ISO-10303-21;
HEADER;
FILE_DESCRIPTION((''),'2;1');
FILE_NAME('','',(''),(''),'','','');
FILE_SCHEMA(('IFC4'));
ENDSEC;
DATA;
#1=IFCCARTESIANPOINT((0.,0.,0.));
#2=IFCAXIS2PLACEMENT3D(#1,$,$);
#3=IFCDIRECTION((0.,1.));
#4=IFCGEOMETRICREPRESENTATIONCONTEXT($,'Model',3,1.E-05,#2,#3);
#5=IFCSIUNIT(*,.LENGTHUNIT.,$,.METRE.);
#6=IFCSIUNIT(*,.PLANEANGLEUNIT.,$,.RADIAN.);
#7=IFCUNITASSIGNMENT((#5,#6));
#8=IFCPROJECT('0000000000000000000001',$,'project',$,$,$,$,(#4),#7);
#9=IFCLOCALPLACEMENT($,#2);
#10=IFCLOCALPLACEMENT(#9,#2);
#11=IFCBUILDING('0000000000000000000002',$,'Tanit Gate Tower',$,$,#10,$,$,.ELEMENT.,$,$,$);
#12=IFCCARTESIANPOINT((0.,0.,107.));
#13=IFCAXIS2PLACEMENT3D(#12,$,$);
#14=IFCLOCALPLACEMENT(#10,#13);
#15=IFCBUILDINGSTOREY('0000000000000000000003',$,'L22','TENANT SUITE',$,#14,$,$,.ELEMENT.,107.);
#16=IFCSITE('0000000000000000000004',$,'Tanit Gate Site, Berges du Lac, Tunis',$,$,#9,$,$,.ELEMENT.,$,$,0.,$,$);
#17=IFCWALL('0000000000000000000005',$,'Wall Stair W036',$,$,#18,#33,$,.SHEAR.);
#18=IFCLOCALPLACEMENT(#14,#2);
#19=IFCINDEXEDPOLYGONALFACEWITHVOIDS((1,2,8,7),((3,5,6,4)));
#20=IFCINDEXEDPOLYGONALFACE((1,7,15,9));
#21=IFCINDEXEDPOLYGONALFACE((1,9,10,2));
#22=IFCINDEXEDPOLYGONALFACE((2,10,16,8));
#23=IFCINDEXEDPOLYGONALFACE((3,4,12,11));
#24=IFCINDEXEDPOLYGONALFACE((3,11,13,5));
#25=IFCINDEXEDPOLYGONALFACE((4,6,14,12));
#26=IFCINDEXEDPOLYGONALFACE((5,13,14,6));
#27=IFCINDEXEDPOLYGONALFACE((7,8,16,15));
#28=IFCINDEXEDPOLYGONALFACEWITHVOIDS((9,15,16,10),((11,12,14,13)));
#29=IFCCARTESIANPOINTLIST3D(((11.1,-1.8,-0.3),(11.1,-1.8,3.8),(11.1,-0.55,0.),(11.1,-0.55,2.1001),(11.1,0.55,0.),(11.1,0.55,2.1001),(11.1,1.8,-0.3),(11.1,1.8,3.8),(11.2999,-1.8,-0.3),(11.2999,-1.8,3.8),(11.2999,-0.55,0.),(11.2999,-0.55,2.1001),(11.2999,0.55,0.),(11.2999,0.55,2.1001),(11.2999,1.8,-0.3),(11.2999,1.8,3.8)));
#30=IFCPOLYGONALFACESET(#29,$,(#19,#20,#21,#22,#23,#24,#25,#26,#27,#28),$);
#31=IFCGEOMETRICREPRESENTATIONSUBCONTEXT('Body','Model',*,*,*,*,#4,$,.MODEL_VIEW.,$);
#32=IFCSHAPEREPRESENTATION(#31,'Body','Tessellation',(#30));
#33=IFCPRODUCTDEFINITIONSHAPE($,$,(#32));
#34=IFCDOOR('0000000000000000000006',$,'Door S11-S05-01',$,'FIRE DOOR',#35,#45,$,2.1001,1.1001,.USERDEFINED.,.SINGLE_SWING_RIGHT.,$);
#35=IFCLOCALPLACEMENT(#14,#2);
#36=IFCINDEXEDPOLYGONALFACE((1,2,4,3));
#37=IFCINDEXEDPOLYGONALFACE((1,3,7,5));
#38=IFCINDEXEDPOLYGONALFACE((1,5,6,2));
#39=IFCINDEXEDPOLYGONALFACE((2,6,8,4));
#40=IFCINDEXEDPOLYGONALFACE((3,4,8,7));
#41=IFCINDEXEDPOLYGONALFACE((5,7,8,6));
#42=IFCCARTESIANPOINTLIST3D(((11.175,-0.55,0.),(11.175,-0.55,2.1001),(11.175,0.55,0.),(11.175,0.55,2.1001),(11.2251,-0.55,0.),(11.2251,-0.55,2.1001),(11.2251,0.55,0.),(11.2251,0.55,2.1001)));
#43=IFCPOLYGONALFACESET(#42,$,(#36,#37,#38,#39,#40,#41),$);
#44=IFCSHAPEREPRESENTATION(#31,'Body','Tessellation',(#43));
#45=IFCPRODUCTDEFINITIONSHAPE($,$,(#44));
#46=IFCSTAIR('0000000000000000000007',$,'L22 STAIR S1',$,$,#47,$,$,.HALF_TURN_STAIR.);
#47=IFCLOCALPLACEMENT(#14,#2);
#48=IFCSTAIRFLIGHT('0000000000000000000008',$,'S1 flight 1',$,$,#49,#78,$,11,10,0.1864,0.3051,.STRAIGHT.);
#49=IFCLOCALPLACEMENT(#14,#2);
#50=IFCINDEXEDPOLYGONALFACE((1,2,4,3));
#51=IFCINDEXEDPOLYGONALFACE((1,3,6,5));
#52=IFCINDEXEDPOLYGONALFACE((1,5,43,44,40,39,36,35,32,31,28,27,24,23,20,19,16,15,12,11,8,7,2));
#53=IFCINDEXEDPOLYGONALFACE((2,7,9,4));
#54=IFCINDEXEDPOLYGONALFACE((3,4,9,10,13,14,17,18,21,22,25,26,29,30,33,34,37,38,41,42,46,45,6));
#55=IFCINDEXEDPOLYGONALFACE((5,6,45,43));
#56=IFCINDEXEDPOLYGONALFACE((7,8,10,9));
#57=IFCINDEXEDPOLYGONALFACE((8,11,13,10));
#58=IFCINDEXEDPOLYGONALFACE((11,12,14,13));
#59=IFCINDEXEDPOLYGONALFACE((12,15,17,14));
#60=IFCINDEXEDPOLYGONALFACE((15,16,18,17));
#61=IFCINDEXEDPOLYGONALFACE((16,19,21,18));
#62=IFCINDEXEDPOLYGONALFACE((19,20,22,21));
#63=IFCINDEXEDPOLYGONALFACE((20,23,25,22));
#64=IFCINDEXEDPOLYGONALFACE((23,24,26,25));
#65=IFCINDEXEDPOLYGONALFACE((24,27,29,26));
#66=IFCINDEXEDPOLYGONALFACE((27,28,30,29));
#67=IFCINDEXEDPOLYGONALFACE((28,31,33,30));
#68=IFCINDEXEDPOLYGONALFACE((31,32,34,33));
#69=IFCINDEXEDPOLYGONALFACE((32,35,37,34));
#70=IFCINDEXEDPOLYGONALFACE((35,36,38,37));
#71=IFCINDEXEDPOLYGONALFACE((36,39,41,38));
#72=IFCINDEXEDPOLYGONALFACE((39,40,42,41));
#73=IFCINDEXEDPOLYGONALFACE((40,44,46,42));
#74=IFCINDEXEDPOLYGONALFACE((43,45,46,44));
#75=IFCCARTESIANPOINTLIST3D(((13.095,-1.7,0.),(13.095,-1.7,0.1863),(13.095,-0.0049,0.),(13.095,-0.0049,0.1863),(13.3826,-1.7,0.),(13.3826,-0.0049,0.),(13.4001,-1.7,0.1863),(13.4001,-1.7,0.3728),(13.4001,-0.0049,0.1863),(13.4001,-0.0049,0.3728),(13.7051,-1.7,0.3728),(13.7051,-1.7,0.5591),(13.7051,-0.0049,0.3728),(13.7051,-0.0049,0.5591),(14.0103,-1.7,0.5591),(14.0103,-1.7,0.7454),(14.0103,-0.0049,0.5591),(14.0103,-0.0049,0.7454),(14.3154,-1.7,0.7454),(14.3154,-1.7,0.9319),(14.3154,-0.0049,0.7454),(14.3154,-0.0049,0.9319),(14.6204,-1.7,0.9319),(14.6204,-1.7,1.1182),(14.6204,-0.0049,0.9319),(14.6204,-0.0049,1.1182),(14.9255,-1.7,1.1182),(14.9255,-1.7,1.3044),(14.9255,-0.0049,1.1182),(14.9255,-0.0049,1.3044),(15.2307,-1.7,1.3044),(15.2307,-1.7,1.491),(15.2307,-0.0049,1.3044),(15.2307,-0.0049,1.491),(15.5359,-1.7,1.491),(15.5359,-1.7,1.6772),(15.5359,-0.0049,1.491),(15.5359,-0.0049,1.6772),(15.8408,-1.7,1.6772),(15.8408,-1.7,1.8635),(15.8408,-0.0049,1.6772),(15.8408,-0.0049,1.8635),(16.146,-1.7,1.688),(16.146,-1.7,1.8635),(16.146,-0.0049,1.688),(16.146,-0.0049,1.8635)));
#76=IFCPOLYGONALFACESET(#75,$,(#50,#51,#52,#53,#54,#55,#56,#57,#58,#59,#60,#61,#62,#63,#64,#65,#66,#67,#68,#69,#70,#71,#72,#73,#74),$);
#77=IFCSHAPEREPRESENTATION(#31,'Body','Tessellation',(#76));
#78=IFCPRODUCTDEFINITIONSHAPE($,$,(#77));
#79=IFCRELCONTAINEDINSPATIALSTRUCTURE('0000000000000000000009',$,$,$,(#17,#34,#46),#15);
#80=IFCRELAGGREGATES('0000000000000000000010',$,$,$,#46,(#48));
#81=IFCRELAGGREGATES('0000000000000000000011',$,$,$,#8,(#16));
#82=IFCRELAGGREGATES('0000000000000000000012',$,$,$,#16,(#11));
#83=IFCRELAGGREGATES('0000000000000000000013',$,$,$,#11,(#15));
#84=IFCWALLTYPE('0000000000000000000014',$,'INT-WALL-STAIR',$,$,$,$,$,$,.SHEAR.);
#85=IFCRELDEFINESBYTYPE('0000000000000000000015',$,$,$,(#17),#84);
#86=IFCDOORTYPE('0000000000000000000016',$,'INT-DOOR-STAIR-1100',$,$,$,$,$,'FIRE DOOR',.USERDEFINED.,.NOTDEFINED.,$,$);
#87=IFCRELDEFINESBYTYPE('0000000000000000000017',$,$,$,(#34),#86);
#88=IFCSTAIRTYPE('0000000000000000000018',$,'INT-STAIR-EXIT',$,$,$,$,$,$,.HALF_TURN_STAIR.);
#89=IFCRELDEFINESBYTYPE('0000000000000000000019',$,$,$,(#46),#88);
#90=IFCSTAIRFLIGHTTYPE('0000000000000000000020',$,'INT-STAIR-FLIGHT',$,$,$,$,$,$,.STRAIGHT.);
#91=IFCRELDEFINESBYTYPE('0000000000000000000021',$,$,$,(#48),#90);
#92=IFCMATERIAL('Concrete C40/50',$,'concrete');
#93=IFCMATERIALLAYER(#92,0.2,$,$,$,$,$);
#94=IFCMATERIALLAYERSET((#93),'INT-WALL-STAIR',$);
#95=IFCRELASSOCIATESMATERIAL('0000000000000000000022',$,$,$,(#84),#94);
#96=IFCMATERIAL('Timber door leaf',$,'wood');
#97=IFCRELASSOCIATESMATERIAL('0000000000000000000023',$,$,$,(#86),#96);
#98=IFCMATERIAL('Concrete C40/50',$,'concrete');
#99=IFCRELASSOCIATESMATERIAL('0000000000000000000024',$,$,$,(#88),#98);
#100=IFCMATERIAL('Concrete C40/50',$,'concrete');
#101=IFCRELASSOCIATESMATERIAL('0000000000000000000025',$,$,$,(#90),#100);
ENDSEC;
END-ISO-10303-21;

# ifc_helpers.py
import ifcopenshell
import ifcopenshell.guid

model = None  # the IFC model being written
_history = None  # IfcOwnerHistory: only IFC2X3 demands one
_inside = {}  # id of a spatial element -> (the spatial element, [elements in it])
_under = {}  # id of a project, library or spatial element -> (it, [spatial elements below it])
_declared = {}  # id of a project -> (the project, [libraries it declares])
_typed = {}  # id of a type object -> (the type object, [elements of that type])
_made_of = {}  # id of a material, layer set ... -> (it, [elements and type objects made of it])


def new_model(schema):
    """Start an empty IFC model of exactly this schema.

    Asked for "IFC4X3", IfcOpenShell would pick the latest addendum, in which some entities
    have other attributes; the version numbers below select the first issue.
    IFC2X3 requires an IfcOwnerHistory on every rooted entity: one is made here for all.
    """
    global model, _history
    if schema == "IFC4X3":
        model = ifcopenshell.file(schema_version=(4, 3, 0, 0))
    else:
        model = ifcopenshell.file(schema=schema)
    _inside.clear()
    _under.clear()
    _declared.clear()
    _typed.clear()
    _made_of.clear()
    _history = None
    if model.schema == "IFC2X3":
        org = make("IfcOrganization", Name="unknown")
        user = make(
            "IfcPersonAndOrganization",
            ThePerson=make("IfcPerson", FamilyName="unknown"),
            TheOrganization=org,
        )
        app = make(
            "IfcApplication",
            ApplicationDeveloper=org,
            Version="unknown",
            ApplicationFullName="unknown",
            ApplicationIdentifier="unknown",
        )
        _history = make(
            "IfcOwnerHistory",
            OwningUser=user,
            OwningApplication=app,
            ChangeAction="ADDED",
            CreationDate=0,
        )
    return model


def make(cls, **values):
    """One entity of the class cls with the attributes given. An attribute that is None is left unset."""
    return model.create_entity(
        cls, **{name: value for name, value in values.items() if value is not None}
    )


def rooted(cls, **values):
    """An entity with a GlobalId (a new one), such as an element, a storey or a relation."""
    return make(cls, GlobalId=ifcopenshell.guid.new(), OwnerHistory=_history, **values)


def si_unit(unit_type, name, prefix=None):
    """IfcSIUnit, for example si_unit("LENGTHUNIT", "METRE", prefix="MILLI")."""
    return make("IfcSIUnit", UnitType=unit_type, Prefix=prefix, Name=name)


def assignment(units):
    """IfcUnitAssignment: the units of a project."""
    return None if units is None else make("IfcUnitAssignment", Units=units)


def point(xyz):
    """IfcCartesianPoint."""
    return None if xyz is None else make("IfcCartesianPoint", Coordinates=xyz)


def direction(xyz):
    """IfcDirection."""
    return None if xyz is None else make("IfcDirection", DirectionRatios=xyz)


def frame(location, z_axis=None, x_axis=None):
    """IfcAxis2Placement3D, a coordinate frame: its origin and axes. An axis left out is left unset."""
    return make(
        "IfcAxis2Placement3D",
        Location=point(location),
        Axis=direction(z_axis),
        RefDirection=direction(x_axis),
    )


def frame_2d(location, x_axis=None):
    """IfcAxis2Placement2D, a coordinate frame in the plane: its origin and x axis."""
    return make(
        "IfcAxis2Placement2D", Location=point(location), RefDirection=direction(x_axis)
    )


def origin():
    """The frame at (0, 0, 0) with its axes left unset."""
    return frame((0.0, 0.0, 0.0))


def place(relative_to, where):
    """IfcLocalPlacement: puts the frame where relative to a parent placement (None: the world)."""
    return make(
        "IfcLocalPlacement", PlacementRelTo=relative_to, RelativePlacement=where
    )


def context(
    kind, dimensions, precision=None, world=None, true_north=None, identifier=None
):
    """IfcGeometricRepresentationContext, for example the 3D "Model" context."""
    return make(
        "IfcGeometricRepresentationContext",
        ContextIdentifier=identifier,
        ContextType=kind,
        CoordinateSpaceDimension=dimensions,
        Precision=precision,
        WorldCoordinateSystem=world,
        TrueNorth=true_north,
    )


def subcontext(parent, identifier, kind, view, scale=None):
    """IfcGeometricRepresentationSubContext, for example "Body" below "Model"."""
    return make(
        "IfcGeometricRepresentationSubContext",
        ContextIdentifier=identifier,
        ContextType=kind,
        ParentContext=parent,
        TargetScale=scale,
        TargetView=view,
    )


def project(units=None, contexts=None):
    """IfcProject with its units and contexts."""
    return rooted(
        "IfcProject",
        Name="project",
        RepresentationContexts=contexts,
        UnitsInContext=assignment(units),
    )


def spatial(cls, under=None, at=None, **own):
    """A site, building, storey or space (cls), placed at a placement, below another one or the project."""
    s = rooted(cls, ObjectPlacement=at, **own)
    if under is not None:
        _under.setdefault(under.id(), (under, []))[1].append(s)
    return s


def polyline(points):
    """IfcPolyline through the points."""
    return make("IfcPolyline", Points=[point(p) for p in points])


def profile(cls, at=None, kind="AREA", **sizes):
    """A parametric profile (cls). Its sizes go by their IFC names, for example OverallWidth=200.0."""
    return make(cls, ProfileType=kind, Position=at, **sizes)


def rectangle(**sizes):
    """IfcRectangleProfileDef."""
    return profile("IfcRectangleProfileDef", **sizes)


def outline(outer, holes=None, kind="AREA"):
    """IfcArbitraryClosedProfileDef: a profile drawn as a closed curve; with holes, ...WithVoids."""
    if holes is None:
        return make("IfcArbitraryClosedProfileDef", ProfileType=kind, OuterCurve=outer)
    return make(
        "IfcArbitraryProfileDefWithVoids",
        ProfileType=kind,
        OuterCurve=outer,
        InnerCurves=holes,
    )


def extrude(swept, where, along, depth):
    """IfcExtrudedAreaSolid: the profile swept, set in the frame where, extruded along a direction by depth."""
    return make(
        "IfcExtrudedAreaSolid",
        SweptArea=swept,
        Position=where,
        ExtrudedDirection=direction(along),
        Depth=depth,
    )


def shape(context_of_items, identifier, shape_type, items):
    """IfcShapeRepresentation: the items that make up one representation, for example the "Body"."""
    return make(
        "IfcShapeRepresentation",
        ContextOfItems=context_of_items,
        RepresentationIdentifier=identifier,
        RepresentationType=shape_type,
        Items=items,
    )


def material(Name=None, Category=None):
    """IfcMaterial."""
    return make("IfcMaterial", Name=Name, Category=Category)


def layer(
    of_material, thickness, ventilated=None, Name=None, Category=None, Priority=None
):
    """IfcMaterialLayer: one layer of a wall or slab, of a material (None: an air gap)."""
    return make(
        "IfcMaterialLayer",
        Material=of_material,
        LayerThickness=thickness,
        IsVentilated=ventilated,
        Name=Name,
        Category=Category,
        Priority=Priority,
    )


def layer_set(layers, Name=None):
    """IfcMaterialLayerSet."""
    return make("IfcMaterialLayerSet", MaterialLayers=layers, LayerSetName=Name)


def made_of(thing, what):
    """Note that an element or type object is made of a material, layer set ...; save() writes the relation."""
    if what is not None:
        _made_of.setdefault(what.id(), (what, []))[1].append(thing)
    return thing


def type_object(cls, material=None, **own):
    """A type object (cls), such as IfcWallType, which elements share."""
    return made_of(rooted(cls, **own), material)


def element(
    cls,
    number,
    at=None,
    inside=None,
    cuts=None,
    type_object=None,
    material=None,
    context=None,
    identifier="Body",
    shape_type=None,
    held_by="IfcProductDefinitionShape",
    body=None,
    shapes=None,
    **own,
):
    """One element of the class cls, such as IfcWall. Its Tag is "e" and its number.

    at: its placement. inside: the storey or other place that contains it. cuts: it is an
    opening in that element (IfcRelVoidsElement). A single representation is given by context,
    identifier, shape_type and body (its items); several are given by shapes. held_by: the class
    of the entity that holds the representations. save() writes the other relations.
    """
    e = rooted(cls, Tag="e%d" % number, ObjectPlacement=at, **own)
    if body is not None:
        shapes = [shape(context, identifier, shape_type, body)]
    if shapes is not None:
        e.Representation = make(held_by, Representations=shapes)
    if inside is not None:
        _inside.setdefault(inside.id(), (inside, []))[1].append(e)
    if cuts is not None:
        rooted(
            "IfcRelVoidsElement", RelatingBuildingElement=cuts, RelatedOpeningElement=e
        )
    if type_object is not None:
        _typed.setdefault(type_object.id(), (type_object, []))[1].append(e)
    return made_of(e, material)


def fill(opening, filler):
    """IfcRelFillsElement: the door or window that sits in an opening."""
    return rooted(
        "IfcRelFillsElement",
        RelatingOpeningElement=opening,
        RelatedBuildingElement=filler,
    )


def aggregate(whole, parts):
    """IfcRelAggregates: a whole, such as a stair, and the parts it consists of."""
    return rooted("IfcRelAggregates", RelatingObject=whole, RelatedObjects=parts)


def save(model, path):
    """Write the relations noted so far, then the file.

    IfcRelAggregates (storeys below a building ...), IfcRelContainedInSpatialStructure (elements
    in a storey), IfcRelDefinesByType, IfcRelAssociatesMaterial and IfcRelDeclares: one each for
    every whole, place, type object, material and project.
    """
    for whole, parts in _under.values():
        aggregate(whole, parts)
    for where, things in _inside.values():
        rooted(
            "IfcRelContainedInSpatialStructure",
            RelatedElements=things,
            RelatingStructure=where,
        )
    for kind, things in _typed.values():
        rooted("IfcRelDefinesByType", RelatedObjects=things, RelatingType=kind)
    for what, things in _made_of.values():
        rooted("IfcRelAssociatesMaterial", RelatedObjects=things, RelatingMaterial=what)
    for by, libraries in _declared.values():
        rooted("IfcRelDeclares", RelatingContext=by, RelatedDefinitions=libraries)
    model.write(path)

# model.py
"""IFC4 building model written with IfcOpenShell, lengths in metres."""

from ifc_helpers import new_model, si_unit, direction, frame, frame_2d, origin, place, context, subcontext, project, spatial, polyline, rectangle, outline, extrude, material, layer, layer_set, type_object, element, fill, aggregate, save


model = new_model("IFC4")

# Units and contexts
model_context = context("Model", 3, precision=1e-05, world=origin(), true_north=direction((0.0, 1.0)))
body_context = subcontext(model_context, "Body", "Model", "MODEL_VIEW")
ifc_project = project(units=[si_unit("LENGTHUNIT", "METRE"), si_unit("PLANEANGLEUNIT", "RADIAN")], contexts=[model_context])

# Site, building, storey
site_placement = place(None, origin())
site = spatial("IfcSite", under=ifc_project, at=site_placement, Name="Tanit Gate Site, Berges du Lac, Tunis", CompositionType="ELEMENT", RefElevation=0.0)
building_placement = place(site_placement, origin())
building = spatial("IfcBuilding", under=site, at=building_placement, Name="Tanit Gate Tower", CompositionType="ELEMENT")
storey_placement = place(building_placement, frame((0.0, 0.0, 107.0)))
storey = spatial("IfcBuildingStorey", under=building, at=storey_placement, Name="L22", Description="TENANT SUITE", CompositionType="ELEMENT", Elevation=107.0)

# Shared definitions
ifc_material_1 = material(Name="Concrete C40/50", Category="concrete")
ifc_layer_1 = layer(ifc_material_1, 0.2)
ifc_layer_set_1 = layer_set([ifc_layer_1], Name="INT-WALL-STAIR")
wall_type_1 = type_object("IfcWallType", Name="INT-WALL-STAIR", PredefinedType="SHEAR", material=ifc_layer_set_1)

# Wall, opening, door
wall_1_placement = place(storey_placement, frame((11.2, -1.8, -0.3), z_axis=(0.0, 0.0, 1.0), x_axis=(0.0, 1.0, 0.0)))
wall_1 = element("IfcWall", 1, at=wall_1_placement, inside=storey, type_object=wall_type_1, Name="Wall Stair W036", PredefinedType="SHEAR", context=body_context, shape_type="SweptSolid", body=[
    extrude(rectangle(XDim=3.6001, YDim=0.2, at=frame_2d((1.8, 0.0))), origin(), (0.0, 0.0, 1.0), 4.1001),
])
opening_1_placement = place(wall_1_placement, frame((1.25, 0.0, 0.3)))
opening_1 = element("IfcOpeningElement", 2, at=opening_1_placement, cuts=wall_1, PredefinedType="OPENING", context=body_context, shape_type="SweptSolid", body=[
    extrude(rectangle(XDim=1.1001, YDim=2.1001, at=frame_2d((0.55, 1.05))), frame((0.0, 0.1099, 0.0), z_axis=(0.0, -1.0, 0.0), x_axis=(1.0, 0.0, 0.0)), (0.0, 0.0, 1.0), 0.22),
])
ifc_material_2 = material(Name="Timber door leaf", Category="wood")
door_type_1 = type_object("IfcDoorType", Name="INT-DOOR-STAIR-1100", ElementType="FIRE DOOR", OperationType="NOTDEFINED", PredefinedType="USERDEFINED", material=ifc_material_2)
door_1_placement = place(opening_1_placement, origin())
door_1 = element("IfcDoor", 3, at=door_1_placement, inside=storey, type_object=door_type_1, Name="Door S11-S05-01", ObjectType="FIRE DOOR", OperationType="SINGLE_SWING_RIGHT", OverallHeight=2.1001, OverallWidth=1.1001, PredefinedType="USERDEFINED", context=body_context, shape_type="SweptSolid", body=[
    extrude(rectangle(XDim=1.1001, YDim=2.1001, at=frame_2d((0.55, 1.05))), frame((0.0, 0.0249, 0.0), z_axis=(0.0, -1.0, 0.0), x_axis=(1.0, 0.0, 0.0)), (0.0, 0.0, 1.0), 0.05),
])
fill(opening_1, door_1)

# Stair, stair flight
ifc_material_3 = material(Name="Concrete C40/50", Category="concrete")
stair_type = type_object("IfcStairType", Name="INT-STAIR-EXIT", PredefinedType="HALF_TURN_STAIR", material=ifc_material_3)
stair_placement = place(storey_placement, origin())
stair = element("IfcStair", 4, at=stair_placement, inside=storey, type_object=stair_type, Name="L22 STAIR S1", PredefinedType="HALF_TURN_STAIR")
ifc_material_4 = material(Name="Concrete C40/50", Category="concrete")
stair_flight_type = type_object("IfcStairFlightType", Name="INT-STAIR-FLIGHT", PredefinedType="STRAIGHT", material=ifc_material_4)
stair_flight_placement = place(storey_placement, frame((13.095, -0.8525, 0.0), z_axis=(0.0, 0.0, 1.0), x_axis=(1.0, 0.0, 0.0)))
stair_flight = element("IfcStairFlight", 5, at=stair_flight_placement, type_object=stair_flight_type, Name="S1 flight 1", NumberOfRisers=11, NumberOfTreads=10, PredefinedType="STRAIGHT", RiserHeight=0.1864, TreadLength=0.3051, context=body_context, shape_type="SweptSolid", body=[
    extrude(outline(polyline([(0.0, 0.0), (0.0, 0.1863), (0.3052, 0.1863), (0.3052, 0.3728), (0.6101, 0.3728), (0.6101, 0.5591), (0.9153, 0.5591), (0.9153, 0.7454), (1.2205, 0.7454), (1.2205, 0.9319), (1.5254, 0.9319), (1.5254, 1.1182), (1.8306, 1.1182), (1.8306, 1.3044), (2.1357, 1.3044), (2.1357, 1.491), (2.4409, 1.491), (2.4409, 1.6772), (2.7458, 1.6772), (2.7458, 1.8635), (3.051, 1.8635), (3.051, 2.05), (3.051, 1.688), (0.2876, 0.0), (0.0, 0.0)])), frame((0.0, 0.8477, 0.0), z_axis=(0.0, -1.0, 0.0), x_axis=(1.0, 0.0, 0.0)), (0.0, 0.0, 1.0), 1.6951),
])
aggregate(stair, [stair_flight])

save(model, "model.ifc")
